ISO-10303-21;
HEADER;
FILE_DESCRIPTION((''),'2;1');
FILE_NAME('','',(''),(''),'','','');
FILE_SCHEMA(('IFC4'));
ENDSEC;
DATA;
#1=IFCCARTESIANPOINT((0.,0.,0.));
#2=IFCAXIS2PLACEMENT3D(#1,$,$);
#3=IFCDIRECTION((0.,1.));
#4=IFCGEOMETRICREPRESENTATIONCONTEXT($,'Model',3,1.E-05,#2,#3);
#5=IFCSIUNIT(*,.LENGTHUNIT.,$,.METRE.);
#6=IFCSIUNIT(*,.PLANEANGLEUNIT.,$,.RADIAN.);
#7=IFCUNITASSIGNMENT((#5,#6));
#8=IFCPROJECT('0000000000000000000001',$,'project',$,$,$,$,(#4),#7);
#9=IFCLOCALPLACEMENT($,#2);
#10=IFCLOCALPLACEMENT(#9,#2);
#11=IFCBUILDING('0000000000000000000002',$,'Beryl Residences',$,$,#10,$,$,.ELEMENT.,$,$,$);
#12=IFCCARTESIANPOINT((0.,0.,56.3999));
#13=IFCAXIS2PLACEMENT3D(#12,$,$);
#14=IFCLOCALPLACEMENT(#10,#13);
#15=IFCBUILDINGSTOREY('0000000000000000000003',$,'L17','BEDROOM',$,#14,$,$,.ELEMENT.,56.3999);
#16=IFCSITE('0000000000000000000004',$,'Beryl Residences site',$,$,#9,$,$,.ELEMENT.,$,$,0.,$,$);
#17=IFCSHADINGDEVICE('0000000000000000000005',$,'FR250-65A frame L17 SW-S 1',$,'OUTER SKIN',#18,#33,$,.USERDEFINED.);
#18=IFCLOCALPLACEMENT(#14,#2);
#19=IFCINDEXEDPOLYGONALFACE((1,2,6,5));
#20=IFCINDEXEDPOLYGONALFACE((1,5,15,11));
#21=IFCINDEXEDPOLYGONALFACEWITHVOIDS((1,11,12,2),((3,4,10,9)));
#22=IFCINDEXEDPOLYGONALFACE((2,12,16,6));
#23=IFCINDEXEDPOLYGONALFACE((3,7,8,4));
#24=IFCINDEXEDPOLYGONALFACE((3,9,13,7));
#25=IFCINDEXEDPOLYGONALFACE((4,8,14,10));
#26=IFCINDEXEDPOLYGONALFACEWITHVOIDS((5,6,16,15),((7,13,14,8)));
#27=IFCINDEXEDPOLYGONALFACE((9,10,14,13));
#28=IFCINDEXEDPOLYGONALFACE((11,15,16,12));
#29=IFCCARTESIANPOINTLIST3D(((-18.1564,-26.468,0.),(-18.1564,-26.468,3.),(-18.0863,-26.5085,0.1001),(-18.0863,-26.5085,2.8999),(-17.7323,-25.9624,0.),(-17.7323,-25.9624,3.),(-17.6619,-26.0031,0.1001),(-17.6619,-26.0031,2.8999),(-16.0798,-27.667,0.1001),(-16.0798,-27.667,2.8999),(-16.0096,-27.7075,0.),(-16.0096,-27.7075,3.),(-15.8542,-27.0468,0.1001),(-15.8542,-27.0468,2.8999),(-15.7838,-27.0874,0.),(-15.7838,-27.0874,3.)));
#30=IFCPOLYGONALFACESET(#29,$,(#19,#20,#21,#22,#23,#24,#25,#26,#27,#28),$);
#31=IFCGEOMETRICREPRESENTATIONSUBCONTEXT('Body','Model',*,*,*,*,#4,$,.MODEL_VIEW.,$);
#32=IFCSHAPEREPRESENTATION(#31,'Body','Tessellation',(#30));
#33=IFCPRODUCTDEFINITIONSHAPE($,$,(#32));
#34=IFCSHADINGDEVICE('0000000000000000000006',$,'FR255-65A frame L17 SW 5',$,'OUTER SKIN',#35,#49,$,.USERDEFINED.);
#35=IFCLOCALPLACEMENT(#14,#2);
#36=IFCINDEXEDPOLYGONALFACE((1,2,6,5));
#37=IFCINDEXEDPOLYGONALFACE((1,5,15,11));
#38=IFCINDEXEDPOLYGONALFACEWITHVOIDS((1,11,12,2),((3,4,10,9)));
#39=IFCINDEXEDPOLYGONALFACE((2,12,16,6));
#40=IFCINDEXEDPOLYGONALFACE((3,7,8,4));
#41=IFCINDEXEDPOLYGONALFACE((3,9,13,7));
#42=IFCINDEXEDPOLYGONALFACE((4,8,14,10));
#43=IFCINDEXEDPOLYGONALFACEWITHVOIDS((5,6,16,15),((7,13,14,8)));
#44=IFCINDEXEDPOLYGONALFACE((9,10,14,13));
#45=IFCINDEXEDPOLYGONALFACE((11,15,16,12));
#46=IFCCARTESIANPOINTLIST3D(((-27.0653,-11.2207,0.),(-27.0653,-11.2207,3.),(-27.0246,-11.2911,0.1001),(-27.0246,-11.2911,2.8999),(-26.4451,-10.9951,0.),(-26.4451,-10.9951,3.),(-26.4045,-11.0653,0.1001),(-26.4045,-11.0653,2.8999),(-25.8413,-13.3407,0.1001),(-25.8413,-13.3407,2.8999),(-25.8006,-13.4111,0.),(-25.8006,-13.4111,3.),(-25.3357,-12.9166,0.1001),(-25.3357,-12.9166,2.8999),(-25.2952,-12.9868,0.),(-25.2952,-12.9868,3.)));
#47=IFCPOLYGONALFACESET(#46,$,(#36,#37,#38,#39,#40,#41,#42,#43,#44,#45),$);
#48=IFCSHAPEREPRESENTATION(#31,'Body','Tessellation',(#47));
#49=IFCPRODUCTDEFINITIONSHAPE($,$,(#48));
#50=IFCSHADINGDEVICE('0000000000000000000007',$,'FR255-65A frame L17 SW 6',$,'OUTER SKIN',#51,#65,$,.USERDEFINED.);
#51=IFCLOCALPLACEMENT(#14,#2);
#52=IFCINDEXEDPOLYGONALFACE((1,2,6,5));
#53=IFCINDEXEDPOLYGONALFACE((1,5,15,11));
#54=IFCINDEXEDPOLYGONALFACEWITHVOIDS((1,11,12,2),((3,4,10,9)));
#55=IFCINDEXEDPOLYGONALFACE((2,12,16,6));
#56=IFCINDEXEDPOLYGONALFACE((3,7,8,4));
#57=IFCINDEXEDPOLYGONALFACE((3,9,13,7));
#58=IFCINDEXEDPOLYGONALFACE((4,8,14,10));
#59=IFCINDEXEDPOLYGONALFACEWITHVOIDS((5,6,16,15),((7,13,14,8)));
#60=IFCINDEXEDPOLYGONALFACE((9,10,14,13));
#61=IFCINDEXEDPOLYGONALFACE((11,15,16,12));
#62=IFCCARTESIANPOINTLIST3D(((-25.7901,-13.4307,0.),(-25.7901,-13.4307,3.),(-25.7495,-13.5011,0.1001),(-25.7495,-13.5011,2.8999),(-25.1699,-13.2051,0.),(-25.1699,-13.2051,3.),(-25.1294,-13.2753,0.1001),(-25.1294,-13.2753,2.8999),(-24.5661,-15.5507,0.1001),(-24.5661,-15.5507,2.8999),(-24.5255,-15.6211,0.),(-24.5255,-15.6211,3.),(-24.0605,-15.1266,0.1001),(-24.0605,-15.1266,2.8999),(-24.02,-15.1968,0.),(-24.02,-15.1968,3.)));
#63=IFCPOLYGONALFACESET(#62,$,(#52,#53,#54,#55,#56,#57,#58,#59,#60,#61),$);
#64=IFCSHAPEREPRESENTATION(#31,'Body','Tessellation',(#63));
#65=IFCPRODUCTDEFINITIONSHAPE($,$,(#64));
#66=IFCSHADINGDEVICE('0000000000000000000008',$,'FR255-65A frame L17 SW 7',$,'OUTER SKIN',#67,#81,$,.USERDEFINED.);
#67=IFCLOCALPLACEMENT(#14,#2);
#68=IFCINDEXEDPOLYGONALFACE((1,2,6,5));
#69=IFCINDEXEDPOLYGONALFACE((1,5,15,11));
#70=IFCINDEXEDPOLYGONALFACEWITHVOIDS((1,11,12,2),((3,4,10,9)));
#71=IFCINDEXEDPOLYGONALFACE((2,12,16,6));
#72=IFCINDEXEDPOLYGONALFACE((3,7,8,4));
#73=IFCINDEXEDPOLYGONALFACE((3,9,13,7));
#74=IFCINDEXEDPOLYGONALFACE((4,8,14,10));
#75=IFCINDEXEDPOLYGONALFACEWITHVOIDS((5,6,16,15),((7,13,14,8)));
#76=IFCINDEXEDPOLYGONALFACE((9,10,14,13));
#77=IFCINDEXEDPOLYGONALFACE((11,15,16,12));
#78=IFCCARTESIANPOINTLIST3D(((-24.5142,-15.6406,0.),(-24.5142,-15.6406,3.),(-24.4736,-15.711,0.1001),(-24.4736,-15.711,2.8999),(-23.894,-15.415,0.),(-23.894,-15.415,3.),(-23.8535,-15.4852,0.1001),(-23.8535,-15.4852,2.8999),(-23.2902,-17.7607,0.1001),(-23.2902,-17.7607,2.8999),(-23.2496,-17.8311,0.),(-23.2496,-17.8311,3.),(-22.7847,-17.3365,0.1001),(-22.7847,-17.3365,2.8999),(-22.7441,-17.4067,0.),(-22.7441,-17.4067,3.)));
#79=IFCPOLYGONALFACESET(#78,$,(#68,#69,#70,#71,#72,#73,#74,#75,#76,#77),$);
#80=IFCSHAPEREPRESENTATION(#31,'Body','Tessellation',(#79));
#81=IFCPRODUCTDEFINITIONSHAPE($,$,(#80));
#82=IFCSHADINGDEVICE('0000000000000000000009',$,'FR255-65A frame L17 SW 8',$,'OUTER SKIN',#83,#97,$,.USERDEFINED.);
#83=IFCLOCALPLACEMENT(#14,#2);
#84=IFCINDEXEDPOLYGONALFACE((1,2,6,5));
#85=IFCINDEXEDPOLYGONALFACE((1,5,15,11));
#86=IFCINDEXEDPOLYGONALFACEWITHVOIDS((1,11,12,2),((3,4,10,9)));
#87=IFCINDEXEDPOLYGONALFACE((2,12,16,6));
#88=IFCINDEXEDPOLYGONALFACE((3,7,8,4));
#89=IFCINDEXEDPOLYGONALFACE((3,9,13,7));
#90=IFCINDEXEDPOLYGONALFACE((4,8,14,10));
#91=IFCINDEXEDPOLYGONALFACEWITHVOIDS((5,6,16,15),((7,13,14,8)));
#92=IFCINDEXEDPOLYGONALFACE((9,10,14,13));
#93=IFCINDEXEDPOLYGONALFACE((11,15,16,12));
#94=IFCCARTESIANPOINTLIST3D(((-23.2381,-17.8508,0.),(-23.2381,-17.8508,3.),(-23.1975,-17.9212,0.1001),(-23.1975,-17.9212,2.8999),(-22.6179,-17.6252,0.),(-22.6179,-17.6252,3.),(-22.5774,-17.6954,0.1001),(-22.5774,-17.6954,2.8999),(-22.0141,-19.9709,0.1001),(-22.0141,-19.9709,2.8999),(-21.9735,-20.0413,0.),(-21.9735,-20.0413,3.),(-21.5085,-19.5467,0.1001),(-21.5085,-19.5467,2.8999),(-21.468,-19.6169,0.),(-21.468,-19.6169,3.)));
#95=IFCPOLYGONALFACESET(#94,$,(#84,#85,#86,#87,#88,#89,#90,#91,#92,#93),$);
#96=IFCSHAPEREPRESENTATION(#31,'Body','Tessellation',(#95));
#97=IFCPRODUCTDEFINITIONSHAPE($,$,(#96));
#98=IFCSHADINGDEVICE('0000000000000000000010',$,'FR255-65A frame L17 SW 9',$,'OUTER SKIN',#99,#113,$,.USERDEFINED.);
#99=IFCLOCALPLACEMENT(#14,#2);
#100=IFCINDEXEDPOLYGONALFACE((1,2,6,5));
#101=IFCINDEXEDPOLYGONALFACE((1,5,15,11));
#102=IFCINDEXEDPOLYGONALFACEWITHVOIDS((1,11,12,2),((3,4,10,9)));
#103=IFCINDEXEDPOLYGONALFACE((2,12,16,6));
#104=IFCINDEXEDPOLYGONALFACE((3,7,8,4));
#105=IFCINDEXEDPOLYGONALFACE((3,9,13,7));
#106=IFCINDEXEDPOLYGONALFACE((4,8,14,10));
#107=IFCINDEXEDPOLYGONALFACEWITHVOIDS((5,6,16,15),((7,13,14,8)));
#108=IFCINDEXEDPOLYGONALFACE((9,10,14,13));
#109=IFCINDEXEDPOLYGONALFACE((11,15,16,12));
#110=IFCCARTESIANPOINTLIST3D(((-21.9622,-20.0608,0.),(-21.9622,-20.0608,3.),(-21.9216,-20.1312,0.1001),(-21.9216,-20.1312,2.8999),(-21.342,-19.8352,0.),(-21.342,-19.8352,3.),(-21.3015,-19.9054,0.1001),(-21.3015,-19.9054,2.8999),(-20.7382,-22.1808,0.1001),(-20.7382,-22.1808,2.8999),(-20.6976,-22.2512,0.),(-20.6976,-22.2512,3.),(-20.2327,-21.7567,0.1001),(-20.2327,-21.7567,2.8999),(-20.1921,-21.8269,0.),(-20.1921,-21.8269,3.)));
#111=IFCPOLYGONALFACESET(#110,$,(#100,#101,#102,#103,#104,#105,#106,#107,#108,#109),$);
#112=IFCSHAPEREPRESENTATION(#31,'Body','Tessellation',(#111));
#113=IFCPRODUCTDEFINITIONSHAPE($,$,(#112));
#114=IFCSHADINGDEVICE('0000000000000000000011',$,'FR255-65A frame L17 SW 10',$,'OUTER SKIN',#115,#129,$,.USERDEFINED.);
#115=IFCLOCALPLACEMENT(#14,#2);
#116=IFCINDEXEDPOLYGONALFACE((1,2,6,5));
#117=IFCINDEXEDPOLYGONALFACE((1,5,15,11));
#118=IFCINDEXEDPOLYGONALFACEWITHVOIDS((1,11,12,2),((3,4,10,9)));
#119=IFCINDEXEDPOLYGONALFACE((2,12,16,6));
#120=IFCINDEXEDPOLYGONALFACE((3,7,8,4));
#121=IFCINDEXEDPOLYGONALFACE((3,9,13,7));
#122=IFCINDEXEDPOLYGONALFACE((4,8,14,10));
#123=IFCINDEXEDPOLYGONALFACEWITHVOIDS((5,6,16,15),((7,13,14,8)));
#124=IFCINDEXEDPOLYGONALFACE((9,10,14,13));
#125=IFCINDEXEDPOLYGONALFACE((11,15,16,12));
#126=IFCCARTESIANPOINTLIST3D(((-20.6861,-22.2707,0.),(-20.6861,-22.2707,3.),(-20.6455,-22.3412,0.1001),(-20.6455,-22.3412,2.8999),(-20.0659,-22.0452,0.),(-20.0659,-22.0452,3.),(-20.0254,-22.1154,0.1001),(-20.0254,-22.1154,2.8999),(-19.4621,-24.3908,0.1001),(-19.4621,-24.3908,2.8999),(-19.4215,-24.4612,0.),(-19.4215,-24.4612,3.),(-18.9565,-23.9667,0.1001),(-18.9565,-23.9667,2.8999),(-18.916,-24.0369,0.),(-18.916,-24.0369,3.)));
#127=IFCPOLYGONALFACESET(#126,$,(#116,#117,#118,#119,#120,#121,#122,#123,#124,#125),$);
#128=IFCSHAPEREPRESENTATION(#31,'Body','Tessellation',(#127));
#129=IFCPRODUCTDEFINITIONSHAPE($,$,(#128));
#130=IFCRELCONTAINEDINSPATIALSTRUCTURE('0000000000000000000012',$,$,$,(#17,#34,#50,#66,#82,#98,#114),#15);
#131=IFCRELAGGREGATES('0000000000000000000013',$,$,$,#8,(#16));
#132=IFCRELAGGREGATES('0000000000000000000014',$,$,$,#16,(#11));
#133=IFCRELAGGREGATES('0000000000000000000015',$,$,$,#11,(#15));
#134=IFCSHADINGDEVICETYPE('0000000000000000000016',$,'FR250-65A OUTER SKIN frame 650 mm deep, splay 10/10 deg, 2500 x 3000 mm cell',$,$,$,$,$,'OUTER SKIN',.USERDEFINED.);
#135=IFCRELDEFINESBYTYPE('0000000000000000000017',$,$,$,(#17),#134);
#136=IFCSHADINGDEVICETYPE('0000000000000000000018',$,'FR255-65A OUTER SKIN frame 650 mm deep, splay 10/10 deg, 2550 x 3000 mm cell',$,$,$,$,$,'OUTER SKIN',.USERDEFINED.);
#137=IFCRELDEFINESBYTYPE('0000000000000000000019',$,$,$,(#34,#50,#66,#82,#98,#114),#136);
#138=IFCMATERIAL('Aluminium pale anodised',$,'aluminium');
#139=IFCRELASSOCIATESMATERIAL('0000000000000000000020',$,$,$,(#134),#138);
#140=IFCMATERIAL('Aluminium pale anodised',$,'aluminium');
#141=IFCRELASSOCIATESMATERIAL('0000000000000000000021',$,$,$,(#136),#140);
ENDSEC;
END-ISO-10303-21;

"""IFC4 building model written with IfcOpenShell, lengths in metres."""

from ifc_helpers import new_model, entity, si_unit, direction, frame, origin, place, context, subcontext, project, spatial, source, transform, mapped, material, type_object, type_shapes, element, save


model = new_model("IFC4")

# Units and contexts
model_context = context("Model", 3, precision=1e-05, world=origin(), true_north=direction((0.0, 1.0)))
body_context = subcontext(model_context, "Body", "Model", "MODEL_VIEW")
ifc_project = project(units=[si_unit("LENGTHUNIT", "METRE"), si_unit("PLANEANGLEUNIT", "RADIAN")], contexts=[model_context])

# Site, building, storey
site_placement = place(None, origin())
site = spatial("IfcSite", under=ifc_project, at=site_placement, Name="Beryl Residences site", CompositionType="ELEMENT", RefElevation=0.0)
building_placement = place(site_placement, origin())
building = spatial("IfcBuilding", under=site, at=building_placement, Name="Beryl Residences", CompositionType="ELEMENT")
storey_placement = place(building_placement, frame((0.0, 0.0, 56.3999)))
storey = spatial("IfcBuildingStorey", under=building, at=storey_placement, Name="L17", Description="BEDROOM", CompositionType="ELEMENT", Elevation=56.3999)

# Shading devices
ifc_material_1 = material(Name="Aluminium pale anodised", Category="aluminium")
shading_device_type_1 = type_object("IfcShadingDeviceType", Name="FR250-65A OUTER SKIN frame 650 mm deep, splay 10/10 deg, 2500 x 3000 mm cell", ElementType="OUTER SKIN", PredefinedType="USERDEFINED", material=ifc_material_1)
cartesian_point_1 = entity("IfcCartesianPoint", [-1.125, 0.0])
cartesian_point_2 = entity("IfcCartesianPoint", [-1.0437, 0.1001])
cartesian_point_3 = entity("IfcCartesianPoint", [-1.2395, 0.0])
cartesian_point_4 = entity("IfcCartesianPoint", [-1.1584, 0.1001])
shared_shape_1 = source(origin(), body_context, "Body", "SweptSolid", [
    entity("IfcExtrudedAreaSolidTapered", entity("IfcArbitraryProfileDefWithVoids", "AREA", None, entity("IfcPolyline", [cartesian_point_1, entity("IfcCartesianPoint", [1.125, 0.0]), entity("IfcCartesianPoint", [1.125, 3.0]), entity("IfcCartesianPoint", [-1.125, 3.0]), cartesian_point_1]), [entity("IfcPolyline", [cartesian_point_2, entity("IfcCartesianPoint", [1.0437, 0.1001]), entity("IfcCartesianPoint", [1.0437, 2.8999]), entity("IfcCartesianPoint", [-1.0437, 2.8999]), cartesian_point_2])]), entity("IfcAxis2Placement3D", entity("IfcCartesianPoint", [0.0, 0.0, 0.0]), entity("IfcDirection", [0.0, 1.0, 0.0]), entity("IfcDirection", [-1.0, 0.0, 0.0])), entity("IfcDirection", [0.0, 0.0, 1.0]), 0.6499, entity("IfcArbitraryProfileDefWithVoids", "AREA", None, entity("IfcPolyline", [cartesian_point_3, entity("IfcCartesianPoint", [1.2395, 0.0]), entity("IfcCartesianPoint", [1.2395, 3.0]), entity("IfcCartesianPoint", [-1.2395, 3.0]), cartesian_point_3]), [entity("IfcPolyline", [cartesian_point_4, entity("IfcCartesianPoint", [1.1584, 0.1001]), entity("IfcCartesianPoint", [1.1584, 2.8999]), entity("IfcCartesianPoint", [-1.1584, 2.8999]), cartesian_point_4])])),
])
type_shapes(shading_device_type_1, [shared_shape_1])
shading_device_1_placement = place(storey_placement, frame((-16.7581, -26.5249, 0.0), z_axis=(0.0, 0.0, 1.0), x_axis=(-0.866025, 0.5, 0.0)))
element("IfcShadingDevice", 1, at=shading_device_1_placement, inside=storey, type_object=shading_device_type_1, Name="FR250-65A frame L17 SW-S 1", ObjectType="OUTER SKIN", PredefinedType="USERDEFINED", context=body_context, shape_type="MappedRepresentation", body=[
    mapped(shared_shape_1, transform((0.0, 0.0, 0.0))),
])
ifc_material_2 = material(Name="Aluminium pale anodised", Category="aluminium")
shading_device_type_2 = type_object("IfcShadingDeviceType", Name="FR255-65A OUTER SKIN frame 650 mm deep, splay 10/10 deg, 2550 x 3000 mm cell", ElementType="OUTER SKIN", PredefinedType="USERDEFINED", material=ifc_material_2)
cartesian_point_5 = entity("IfcCartesianPoint", [-1.1499, 0.0])
cartesian_point_6 = entity("IfcCartesianPoint", [-1.0688, 0.1001])
cartesian_point_7 = entity("IfcCartesianPoint", [-1.2646, 0.0])
cartesian_point_8 = entity("IfcCartesianPoint", [-1.1833, 0.1001])
shared_shape_2 = source(origin(), body_context, "Body", "SweptSolid", [
    entity("IfcExtrudedAreaSolidTapered", entity("IfcArbitraryProfileDefWithVoids", "AREA", None, entity("IfcPolyline", [cartesian_point_5, entity("IfcCartesianPoint", [1.1499, 0.0]), entity("IfcCartesianPoint", [1.1499, 3.0]), entity("IfcCartesianPoint", [-1.1499, 3.0]), cartesian_point_5]), [entity("IfcPolyline", [cartesian_point_6, entity("IfcCartesianPoint", [1.0688, 0.1001]), entity("IfcCartesianPoint", [1.0688, 2.8999]), entity("IfcCartesianPoint", [-1.0688, 2.8999]), cartesian_point_6])]), entity("IfcAxis2Placement3D", entity("IfcCartesianPoint", [0.0, 0.0, 0.0]), entity("IfcDirection", [0.0, 1.0, 0.0]), entity("IfcDirection", [-1.0, 0.0, 0.0])), entity("IfcDirection", [0.0, 0.0, 1.0]), 0.6499, entity("IfcArbitraryProfileDefWithVoids", "AREA", None, entity("IfcPolyline", [cartesian_point_7, entity("IfcCartesianPoint", [1.2646, 0.0]), entity("IfcCartesianPoint", [1.2646, 3.0]), entity("IfcCartesianPoint", [-1.2646, 3.0]), cartesian_point_7]), [entity("IfcPolyline", [cartesian_point_8, entity("IfcCartesianPoint", [1.1833, 0.1001]), entity("IfcCartesianPoint", [1.1833, 2.8999]), entity("IfcCartesianPoint", [-1.1833, 2.8999]), cartesian_point_8])])),
])
type_shapes(shading_device_type_2, [shared_shape_2])
for number, where, z_axis, x_axis, name in (
    (2, (-25.8701, -11.991, 0.0), (0.0, 0.0, 1.0), (-0.5, 0.866025, 0.0), "FR255-65A frame L17 SW 5"),
    (3, (-24.595, -14.2009, 0.0), (0.0, 0.0, 1.0), (-0.5, 0.866025, 0.0), "FR255-65A frame L17 SW 6"),
    (4, (-23.3191, -16.4109, 0.0), (0.0, 0.0, 1.0), (-0.5, 0.866025, 0.0), "FR255-65A frame L17 SW 7"),
    (5, (-22.043, -18.6211, 0.0), (0.0, 0.0, 1.0), (-0.5, 0.866025, 0.0), "FR255-65A frame L17 SW 8"),
    (6, (-20.7671, -20.8311, 0.0), (0.0, 0.0, 1.0), (-0.5, 0.866025, 0.0), "FR255-65A frame L17 SW 9"),
    (7, (-19.491, -23.041, 0.0), (0.0, 0.0, 1.0), (-0.5, 0.866025, 0.0), "FR255-65A frame L17 SW 10"),
):
    element("IfcShadingDevice", number, at=place(storey_placement, frame(where, z_axis=z_axis, x_axis=x_axis)), inside=storey, type_object=shading_device_type_2, Name=name, ObjectType="OUTER SKIN", PredefinedType="USERDEFINED", context=body_context, shape_type="MappedRepresentation", body=[
        mapped(shared_shape_2, transform((0.0, 0.0, 0.0))),
    ])

save(model, "model.ifc")
